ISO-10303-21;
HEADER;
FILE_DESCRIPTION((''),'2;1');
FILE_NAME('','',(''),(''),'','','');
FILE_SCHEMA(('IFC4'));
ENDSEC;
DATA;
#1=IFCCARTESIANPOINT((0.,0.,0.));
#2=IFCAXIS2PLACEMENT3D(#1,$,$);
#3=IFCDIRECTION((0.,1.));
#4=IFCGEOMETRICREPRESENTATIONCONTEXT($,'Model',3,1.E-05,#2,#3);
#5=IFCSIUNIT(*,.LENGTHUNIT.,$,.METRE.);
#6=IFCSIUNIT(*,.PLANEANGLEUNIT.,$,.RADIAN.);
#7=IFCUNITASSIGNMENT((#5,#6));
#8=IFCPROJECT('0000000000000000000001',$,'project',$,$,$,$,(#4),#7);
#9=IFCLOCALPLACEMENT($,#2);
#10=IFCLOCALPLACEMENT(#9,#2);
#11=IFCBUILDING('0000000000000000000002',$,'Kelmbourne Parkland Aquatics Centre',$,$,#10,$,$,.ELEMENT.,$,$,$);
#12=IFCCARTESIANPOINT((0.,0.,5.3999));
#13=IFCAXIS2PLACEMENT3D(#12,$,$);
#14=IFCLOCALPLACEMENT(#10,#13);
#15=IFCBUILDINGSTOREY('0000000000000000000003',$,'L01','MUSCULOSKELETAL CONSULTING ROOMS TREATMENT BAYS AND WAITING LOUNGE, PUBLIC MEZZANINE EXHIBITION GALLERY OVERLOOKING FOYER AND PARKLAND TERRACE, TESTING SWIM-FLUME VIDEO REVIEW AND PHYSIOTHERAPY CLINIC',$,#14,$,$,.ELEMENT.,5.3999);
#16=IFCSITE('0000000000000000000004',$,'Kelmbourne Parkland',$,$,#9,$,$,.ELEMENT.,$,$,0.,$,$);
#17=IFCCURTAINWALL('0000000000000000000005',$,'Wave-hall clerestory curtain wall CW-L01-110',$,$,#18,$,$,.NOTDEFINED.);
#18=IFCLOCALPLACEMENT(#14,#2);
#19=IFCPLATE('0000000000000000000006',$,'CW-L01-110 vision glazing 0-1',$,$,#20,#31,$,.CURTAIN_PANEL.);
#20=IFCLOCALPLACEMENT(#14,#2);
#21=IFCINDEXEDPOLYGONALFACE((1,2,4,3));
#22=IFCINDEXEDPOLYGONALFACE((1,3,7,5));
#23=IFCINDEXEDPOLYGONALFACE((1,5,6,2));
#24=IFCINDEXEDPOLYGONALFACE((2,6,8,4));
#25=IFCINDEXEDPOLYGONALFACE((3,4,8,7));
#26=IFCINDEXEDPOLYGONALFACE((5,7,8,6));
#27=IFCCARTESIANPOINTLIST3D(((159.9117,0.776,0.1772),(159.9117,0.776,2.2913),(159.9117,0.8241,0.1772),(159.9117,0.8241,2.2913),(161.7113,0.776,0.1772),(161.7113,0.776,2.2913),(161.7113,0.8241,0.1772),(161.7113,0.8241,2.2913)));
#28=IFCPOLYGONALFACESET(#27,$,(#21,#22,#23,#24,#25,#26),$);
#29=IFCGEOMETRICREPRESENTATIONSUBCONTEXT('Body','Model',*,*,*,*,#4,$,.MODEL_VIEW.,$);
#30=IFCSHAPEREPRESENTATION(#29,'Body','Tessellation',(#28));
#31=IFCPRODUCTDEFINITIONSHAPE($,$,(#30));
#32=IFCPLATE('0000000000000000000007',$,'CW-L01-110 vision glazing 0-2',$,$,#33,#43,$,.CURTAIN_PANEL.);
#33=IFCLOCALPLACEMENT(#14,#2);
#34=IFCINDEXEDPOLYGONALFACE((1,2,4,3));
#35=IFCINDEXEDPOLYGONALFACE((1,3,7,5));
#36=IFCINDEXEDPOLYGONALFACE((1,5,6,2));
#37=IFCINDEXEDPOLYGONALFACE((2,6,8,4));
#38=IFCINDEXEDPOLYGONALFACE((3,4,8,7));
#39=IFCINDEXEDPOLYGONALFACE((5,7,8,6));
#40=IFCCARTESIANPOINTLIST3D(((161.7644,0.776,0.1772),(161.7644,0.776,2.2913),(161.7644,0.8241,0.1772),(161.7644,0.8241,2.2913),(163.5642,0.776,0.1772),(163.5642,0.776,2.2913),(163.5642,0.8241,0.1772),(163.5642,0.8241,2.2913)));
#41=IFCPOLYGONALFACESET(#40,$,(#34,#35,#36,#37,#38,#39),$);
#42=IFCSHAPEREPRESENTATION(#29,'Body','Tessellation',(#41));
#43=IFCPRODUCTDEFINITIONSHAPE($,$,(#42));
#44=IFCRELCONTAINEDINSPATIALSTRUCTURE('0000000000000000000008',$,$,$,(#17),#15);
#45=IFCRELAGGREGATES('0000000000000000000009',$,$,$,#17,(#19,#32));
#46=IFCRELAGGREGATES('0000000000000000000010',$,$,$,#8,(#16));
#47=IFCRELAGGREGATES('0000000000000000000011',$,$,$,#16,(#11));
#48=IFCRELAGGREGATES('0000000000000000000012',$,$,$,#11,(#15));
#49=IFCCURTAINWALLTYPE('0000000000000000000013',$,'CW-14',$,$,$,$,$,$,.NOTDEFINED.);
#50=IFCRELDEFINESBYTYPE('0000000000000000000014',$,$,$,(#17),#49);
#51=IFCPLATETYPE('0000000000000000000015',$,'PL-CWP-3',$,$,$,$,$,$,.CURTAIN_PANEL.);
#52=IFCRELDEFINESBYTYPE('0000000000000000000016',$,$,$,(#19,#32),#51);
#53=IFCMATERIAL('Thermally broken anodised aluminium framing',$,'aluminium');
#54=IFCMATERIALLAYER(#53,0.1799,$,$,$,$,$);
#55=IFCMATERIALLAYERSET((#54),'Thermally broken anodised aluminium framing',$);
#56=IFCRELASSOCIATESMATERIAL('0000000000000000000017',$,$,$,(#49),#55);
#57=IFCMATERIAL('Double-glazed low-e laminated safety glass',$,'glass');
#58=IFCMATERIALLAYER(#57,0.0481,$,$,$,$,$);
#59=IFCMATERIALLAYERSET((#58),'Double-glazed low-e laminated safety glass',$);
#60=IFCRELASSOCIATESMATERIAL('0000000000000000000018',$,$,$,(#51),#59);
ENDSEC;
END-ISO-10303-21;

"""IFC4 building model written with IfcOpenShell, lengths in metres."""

from ifc_helpers import new_model, si_unit, direction, frame, origin, origin_2d, place, context, subcontext, project, spatial, rectangle, extrude, material, layer, layer_set, type_object, element, aggregate, save


model = new_model("IFC4")

# Units and contexts
model_context = context("Model", 3, precision=1e-05, world=origin(), true_north=direction((0.0, 1.0)))
body_context = subcontext(model_context, "Body", "Model", "MODEL_VIEW")
ifc_project = project(units=[si_unit("LENGTHUNIT", "METRE"), si_unit("PLANEANGLEUNIT", "RADIAN")], contexts=[model_context])

# Site, building, storey
site_placement = place(None, origin())
site = spatial("IfcSite", under=ifc_project, at=site_placement, Name="Kelmbourne Parkland", CompositionType="ELEMENT", RefElevation=0.0)
building_placement = place(site_placement, origin())
building = spatial("IfcBuilding", under=site, at=building_placement, Name="Kelmbourne Parkland Aquatics Centre", CompositionType="ELEMENT")
storey_placement = place(building_placement, frame((0.0, 0.0, 5.3999)))
storey = spatial("IfcBuildingStorey", under=building, at=storey_placement, Name="L01", Description="MUSCULOSKELETAL CONSULTING ROOMS TREATMENT BAYS AND WAITING LOUNGE, PUBLIC MEZZANINE EXHIBITION GALLERY OVERLOOKING FOYER AND PARKLAND TERRACE, TESTING SWIM-FLUME VIDEO REVIEW AND PHYSIOTHERAPY CLINIC", CompositionType="ELEMENT", Elevation=5.3999)

# Curtain wall
ifc_material_1 = material(Name="Thermally broken anodised aluminium framing", Category="aluminium")
ifc_layer_1 = layer(ifc_material_1, 0.1799)
ifc_layer_set_1 = layer_set([ifc_layer_1], Name="Thermally broken anodised aluminium framing")
curtain_wall_type_1 = type_object("IfcCurtainWallType", Name="CW-14", PredefinedType="NOTDEFINED", material=ifc_layer_set_1)
curtain_wall_1_placement = place(storey_placement, origin())
curtain_wall_1 = element("IfcCurtainWall", 1, at=curtain_wall_1_placement, inside=storey, type_object=curtain_wall_type_1, Name="Wave-hall clerestory curtain wall CW-L01-110", PredefinedType="NOTDEFINED")

# Plates
ifc_material_2 = material(Name="Double-glazed low-e laminated safety glass", Category="glass")
ifc_layer_2 = layer(ifc_material_2, 0.0481)
ifc_layer_set_2 = layer_set([ifc_layer_2], Name="Double-glazed low-e laminated safety glass")
plate_type_1 = type_object("IfcPlateType", Name="PL-CWP-3", PredefinedType="CURTAIN_PANEL", material=ifc_layer_set_2)
plate_1_placement = place(storey_placement, frame((160.8115, 0.8, 0.1772), z_axis=(0.0, 0.0, 1.0), x_axis=(1.0, 0.0, 0.0)))
plate_1 = element("IfcPlate", 2, at=plate_1_placement, type_object=plate_type_1, Name="CW-L01-110 vision glazing 0-1", PredefinedType="CURTAIN_PANEL", context=body_context, shape_type="SweptSolid", body=[
    extrude(rectangle(XDim=1.7996, YDim=0.0481, at=origin_2d()), origin(), (0.0, 0.0, 1.0), 2.114),
])
plate_2_placement = place(storey_placement, frame((162.6643, 0.8, 0.1772), z_axis=(0.0, 0.0, 1.0), x_axis=(1.0, 0.0, 0.0)))
plate_2 = element("IfcPlate", 3, at=plate_2_placement, type_object=plate_type_1, Name="CW-L01-110 vision glazing 0-2", PredefinedType="CURTAIN_PANEL", context=body_context, shape_type="SweptSolid", body=[
    extrude(rectangle(XDim=1.7998, YDim=0.0481, at=origin_2d()), origin(), (0.0, 0.0, 1.0), 2.114),
])
aggregate(curtain_wall_1, [plate_1, plate_2])

save(model, "model.ifc")
